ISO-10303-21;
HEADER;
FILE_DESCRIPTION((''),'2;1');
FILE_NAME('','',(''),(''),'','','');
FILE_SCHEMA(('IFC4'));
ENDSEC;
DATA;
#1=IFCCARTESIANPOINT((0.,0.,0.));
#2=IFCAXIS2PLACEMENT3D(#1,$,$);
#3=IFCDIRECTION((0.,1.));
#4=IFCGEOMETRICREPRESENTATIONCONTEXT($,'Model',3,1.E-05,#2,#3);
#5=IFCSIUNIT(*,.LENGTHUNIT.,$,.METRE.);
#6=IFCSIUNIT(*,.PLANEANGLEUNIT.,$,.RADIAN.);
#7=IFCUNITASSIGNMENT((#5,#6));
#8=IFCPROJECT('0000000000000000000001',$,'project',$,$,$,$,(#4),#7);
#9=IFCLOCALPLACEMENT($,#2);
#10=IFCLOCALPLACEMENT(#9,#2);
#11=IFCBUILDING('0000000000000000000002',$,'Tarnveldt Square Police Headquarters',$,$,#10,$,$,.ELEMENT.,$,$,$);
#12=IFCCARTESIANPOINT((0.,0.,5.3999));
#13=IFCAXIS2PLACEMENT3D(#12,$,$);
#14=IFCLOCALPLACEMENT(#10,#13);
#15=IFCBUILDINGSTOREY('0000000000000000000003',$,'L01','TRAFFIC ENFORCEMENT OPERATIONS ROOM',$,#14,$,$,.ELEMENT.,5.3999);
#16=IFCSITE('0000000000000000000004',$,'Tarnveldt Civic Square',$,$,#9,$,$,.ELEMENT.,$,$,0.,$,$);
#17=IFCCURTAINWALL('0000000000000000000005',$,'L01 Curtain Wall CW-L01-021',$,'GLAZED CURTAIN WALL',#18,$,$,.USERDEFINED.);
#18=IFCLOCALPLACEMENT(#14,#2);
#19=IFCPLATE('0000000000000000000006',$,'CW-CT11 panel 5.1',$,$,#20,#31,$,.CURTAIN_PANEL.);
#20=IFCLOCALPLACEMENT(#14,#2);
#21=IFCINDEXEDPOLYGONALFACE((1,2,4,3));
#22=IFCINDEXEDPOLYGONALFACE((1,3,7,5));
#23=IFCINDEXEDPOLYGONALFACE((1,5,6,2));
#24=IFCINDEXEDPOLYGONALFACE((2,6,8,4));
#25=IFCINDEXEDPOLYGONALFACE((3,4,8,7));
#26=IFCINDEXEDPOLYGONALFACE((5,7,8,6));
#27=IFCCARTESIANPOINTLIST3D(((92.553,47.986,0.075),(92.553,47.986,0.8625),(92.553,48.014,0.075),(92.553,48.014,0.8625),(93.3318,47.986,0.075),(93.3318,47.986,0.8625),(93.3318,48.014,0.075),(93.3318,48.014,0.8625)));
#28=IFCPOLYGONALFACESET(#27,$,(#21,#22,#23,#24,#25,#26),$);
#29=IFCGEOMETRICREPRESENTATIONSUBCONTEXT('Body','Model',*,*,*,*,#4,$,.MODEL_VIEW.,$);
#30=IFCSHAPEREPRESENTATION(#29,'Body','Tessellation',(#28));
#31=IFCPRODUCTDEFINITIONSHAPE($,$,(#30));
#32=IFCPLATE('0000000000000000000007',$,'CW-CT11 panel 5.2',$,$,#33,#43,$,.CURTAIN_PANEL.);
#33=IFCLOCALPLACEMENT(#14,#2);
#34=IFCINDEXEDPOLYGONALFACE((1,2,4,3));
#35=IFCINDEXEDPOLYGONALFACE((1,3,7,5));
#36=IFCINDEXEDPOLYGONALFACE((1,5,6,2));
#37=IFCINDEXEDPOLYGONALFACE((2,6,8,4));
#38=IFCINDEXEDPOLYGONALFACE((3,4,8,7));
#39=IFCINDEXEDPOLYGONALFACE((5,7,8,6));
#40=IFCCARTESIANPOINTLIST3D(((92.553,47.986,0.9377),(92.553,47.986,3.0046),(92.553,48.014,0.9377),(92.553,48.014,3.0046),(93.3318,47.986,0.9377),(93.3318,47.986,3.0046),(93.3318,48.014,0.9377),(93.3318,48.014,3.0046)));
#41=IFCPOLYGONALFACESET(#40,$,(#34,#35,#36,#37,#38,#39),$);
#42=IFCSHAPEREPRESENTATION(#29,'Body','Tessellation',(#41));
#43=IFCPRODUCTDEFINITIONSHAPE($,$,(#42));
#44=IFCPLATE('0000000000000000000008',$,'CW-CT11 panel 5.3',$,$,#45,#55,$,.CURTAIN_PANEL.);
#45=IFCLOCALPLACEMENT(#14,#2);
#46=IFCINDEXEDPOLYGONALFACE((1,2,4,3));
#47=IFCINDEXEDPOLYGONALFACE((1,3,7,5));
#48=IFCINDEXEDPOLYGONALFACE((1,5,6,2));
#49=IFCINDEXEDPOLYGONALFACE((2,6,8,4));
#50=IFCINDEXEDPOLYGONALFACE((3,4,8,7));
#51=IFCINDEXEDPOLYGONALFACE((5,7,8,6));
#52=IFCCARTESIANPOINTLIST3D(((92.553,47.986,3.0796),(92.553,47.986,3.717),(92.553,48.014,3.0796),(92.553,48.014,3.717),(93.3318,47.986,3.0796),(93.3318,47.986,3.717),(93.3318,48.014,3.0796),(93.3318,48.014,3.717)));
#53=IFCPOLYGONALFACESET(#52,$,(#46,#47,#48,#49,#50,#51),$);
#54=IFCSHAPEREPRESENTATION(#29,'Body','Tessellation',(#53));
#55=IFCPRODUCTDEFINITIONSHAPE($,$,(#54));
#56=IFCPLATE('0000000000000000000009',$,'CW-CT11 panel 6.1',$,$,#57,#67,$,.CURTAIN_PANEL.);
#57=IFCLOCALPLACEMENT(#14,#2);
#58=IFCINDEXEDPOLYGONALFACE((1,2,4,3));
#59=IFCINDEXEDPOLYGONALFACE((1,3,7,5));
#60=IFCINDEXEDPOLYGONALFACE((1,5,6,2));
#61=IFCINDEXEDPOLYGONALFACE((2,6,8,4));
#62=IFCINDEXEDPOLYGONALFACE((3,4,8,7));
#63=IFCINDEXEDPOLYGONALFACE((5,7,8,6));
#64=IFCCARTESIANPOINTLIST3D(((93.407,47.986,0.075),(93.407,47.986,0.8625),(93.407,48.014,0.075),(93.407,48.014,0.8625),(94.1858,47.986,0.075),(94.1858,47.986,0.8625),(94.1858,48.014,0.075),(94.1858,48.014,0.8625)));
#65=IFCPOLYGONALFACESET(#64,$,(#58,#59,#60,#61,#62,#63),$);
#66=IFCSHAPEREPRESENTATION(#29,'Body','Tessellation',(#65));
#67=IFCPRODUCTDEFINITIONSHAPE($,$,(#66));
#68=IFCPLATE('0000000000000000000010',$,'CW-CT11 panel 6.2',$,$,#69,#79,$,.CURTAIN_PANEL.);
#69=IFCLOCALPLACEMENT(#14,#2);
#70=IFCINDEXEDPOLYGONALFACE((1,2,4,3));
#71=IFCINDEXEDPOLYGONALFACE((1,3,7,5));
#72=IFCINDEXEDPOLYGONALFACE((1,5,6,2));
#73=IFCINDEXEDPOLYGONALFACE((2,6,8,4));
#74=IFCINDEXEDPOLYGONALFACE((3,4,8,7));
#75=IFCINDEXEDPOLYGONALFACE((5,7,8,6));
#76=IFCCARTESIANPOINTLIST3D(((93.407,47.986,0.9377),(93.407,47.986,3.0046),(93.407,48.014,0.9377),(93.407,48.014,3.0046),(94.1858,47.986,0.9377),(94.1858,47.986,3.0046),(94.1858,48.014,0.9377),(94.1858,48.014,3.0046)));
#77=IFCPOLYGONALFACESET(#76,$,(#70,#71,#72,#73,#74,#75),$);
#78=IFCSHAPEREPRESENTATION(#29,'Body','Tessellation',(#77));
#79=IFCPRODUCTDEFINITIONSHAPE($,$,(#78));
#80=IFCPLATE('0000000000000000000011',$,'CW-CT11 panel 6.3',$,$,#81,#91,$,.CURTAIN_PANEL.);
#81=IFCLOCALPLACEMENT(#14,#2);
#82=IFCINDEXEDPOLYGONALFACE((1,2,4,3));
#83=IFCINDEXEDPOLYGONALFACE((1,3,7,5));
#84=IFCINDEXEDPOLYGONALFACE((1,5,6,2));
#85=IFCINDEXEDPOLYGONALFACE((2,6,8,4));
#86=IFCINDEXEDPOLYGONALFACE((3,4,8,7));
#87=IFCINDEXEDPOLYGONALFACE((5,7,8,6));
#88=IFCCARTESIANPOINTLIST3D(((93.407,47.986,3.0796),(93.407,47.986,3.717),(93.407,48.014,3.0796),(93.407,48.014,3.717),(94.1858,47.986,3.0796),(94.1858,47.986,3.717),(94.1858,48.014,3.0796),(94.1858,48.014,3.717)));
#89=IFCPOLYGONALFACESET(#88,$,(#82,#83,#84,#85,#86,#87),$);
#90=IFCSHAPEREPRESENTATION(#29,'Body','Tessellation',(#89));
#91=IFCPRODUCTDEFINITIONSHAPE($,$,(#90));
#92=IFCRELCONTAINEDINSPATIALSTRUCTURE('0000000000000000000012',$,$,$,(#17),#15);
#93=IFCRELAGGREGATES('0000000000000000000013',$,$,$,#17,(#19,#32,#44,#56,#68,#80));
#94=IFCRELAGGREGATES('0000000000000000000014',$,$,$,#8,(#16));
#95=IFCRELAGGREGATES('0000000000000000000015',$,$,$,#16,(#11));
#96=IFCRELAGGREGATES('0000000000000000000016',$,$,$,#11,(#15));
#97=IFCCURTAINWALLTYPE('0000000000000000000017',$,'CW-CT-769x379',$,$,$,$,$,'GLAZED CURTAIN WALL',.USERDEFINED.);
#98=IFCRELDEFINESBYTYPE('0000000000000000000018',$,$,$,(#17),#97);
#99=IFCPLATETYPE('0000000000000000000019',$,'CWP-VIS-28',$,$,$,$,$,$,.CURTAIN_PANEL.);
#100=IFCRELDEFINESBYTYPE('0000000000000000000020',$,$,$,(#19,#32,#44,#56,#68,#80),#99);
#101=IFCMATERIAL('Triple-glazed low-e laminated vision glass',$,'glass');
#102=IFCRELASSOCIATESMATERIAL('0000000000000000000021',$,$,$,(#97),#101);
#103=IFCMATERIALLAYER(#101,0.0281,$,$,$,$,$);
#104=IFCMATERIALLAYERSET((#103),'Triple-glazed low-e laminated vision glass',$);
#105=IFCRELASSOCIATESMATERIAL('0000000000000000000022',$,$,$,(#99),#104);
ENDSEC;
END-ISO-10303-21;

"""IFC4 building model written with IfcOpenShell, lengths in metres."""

from ifc_helpers import new_model, si_unit, direction, frame, origin, origin_2d, place, context, subcontext, project, spatial, rectangle, extrude, material, layer, layer_set, type_object, element, aggregate, save


model = new_model("IFC4")

# Units and contexts
model_context = context("Model", 3, precision=1e-05, world=origin(), true_north=direction((0.0, 1.0)))
body_context = subcontext(model_context, "Body", "Model", "MODEL_VIEW")
ifc_project = project(units=[si_unit("LENGTHUNIT", "METRE"), si_unit("PLANEANGLEUNIT", "RADIAN")], contexts=[model_context])

# Site, building, storey
site_placement = place(None, origin())
site = spatial("IfcSite", under=ifc_project, at=site_placement, Name="Tarnveldt Civic Square", CompositionType="ELEMENT", RefElevation=0.0)
building_placement = place(site_placement, origin())
building = spatial("IfcBuilding", under=site, at=building_placement, Name="Tarnveldt Square Police Headquarters", CompositionType="ELEMENT")
storey_placement = place(building_placement, frame((0.0, 0.0, 5.3999)))
storey = spatial("IfcBuildingStorey", under=building, at=storey_placement, Name="L01", Description="TRAFFIC ENFORCEMENT OPERATIONS ROOM", CompositionType="ELEMENT", Elevation=5.3999)

# Curtain wall, plates
ifc_material_1 = material(Name="Triple-glazed low-e laminated vision glass", Category="glass")
curtain_wall_type = type_object("IfcCurtainWallType", Name="CW-CT-769x379", ElementType="GLAZED CURTAIN WALL", PredefinedType="USERDEFINED", material=ifc_material_1)
curtain_wall_placement = place(storey_placement, origin())
curtain_wall = element("IfcCurtainWall", 1, at=curtain_wall_placement, inside=storey, type_object=curtain_wall_type, Name="L01 Curtain Wall CW-L01-021", ObjectType="GLAZED CURTAIN WALL", PredefinedType="USERDEFINED")
ifc_layer = layer(ifc_material_1, 0.0281)
ifc_layer_set = layer_set([ifc_layer], Name="Triple-glazed low-e laminated vision glass")
plate_type = type_object("IfcPlateType", Name="CWP-VIS-28", PredefinedType="CURTAIN_PANEL", material=ifc_layer_set)
plate_1_placement = place(storey_placement, frame((92.9424, 48.0, 0.075), z_axis=(0.0, 0.0, 1.0), x_axis=(1.0, 0.0, 0.0)))
plate_1 = element("IfcPlate", 2, at=plate_1_placement, type_object=plate_type, Name="CW-CT11 panel 5.1", PredefinedType="CURTAIN_PANEL", context=body_context, shape_type="SweptSolid", body=[
    extrude(rectangle(XDim=0.7788, YDim=0.0281, at=origin_2d()), origin(), (0.0, 0.0, 1.0), 0.7876),
])
plate_2_placement = place(storey_placement, frame((92.9424, 48.0, 0.9377), z_axis=(0.0, 0.0, 1.0), x_axis=(1.0, 0.0, 0.0)))
plate_2 = element("IfcPlate", 3, at=plate_2_placement, type_object=plate_type, Name="CW-CT11 panel 5.2", PredefinedType="CURTAIN_PANEL", context=body_context, shape_type="SweptSolid", body=[
    extrude(rectangle(XDim=0.7788, YDim=0.0281, at=origin_2d()), origin(), (0.0, 0.0, 1.0), 2.0669),
])
plate_3_placement = place(storey_placement, frame((92.9424, 48.0, 3.0796), z_axis=(0.0, 0.0, 1.0), x_axis=(1.0, 0.0, 0.0)))
plate_3 = element("IfcPlate", 4, at=plate_3_placement, type_object=plate_type, Name="CW-CT11 panel 5.3", PredefinedType="CURTAIN_PANEL", context=body_context, shape_type="SweptSolid", body=[
    extrude(rectangle(XDim=0.7788, YDim=0.0281, at=origin_2d()), origin(), (0.0, 0.0, 1.0), 0.6375),
])
plate_4_placement = place(storey_placement, frame((93.7964, 48.0, 0.075), z_axis=(0.0, 0.0, 1.0), x_axis=(1.0, 0.0, 0.0)))
plate_4 = element("IfcPlate", 5, at=plate_4_placement, type_object=plate_type, Name="CW-CT11 panel 6.1", PredefinedType="CURTAIN_PANEL", context=body_context, shape_type="SweptSolid", body=[
    extrude(rectangle(XDim=0.7788, YDim=0.0281, at=origin_2d()), origin(), (0.0, 0.0, 1.0), 0.7876),
])
plate_5_placement = place(storey_placement, frame((93.7964, 48.0, 0.9377), z_axis=(0.0, 0.0, 1.0), x_axis=(1.0, 0.0, 0.0)))
plate_5 = element("IfcPlate", 6, at=plate_5_placement, type_object=plate_type, Name="CW-CT11 panel 6.2", PredefinedType="CURTAIN_PANEL", context=body_context, shape_type="SweptSolid", body=[
    extrude(rectangle(XDim=0.7788, YDim=0.0281, at=origin_2d()), origin(), (0.0, 0.0, 1.0), 2.0669),
])
plate_6_placement = place(storey_placement, frame((93.7964, 48.0, 3.0796), z_axis=(0.0, 0.0, 1.0), x_axis=(1.0, 0.0, 0.0)))
plate_6 = element("IfcPlate", 7, at=plate_6_placement, type_object=plate_type, Name="CW-CT11 panel 6.3", PredefinedType="CURTAIN_PANEL", context=body_context, shape_type="SweptSolid", body=[
    extrude(rectangle(XDim=0.7788, YDim=0.0281, at=origin_2d()), origin(), (0.0, 0.0, 1.0), 0.6375),
])
aggregate(curtain_wall, [plate_1, plate_2, plate_3, plate_4, plate_5, plate_6])

save(model, "model.ifc")
